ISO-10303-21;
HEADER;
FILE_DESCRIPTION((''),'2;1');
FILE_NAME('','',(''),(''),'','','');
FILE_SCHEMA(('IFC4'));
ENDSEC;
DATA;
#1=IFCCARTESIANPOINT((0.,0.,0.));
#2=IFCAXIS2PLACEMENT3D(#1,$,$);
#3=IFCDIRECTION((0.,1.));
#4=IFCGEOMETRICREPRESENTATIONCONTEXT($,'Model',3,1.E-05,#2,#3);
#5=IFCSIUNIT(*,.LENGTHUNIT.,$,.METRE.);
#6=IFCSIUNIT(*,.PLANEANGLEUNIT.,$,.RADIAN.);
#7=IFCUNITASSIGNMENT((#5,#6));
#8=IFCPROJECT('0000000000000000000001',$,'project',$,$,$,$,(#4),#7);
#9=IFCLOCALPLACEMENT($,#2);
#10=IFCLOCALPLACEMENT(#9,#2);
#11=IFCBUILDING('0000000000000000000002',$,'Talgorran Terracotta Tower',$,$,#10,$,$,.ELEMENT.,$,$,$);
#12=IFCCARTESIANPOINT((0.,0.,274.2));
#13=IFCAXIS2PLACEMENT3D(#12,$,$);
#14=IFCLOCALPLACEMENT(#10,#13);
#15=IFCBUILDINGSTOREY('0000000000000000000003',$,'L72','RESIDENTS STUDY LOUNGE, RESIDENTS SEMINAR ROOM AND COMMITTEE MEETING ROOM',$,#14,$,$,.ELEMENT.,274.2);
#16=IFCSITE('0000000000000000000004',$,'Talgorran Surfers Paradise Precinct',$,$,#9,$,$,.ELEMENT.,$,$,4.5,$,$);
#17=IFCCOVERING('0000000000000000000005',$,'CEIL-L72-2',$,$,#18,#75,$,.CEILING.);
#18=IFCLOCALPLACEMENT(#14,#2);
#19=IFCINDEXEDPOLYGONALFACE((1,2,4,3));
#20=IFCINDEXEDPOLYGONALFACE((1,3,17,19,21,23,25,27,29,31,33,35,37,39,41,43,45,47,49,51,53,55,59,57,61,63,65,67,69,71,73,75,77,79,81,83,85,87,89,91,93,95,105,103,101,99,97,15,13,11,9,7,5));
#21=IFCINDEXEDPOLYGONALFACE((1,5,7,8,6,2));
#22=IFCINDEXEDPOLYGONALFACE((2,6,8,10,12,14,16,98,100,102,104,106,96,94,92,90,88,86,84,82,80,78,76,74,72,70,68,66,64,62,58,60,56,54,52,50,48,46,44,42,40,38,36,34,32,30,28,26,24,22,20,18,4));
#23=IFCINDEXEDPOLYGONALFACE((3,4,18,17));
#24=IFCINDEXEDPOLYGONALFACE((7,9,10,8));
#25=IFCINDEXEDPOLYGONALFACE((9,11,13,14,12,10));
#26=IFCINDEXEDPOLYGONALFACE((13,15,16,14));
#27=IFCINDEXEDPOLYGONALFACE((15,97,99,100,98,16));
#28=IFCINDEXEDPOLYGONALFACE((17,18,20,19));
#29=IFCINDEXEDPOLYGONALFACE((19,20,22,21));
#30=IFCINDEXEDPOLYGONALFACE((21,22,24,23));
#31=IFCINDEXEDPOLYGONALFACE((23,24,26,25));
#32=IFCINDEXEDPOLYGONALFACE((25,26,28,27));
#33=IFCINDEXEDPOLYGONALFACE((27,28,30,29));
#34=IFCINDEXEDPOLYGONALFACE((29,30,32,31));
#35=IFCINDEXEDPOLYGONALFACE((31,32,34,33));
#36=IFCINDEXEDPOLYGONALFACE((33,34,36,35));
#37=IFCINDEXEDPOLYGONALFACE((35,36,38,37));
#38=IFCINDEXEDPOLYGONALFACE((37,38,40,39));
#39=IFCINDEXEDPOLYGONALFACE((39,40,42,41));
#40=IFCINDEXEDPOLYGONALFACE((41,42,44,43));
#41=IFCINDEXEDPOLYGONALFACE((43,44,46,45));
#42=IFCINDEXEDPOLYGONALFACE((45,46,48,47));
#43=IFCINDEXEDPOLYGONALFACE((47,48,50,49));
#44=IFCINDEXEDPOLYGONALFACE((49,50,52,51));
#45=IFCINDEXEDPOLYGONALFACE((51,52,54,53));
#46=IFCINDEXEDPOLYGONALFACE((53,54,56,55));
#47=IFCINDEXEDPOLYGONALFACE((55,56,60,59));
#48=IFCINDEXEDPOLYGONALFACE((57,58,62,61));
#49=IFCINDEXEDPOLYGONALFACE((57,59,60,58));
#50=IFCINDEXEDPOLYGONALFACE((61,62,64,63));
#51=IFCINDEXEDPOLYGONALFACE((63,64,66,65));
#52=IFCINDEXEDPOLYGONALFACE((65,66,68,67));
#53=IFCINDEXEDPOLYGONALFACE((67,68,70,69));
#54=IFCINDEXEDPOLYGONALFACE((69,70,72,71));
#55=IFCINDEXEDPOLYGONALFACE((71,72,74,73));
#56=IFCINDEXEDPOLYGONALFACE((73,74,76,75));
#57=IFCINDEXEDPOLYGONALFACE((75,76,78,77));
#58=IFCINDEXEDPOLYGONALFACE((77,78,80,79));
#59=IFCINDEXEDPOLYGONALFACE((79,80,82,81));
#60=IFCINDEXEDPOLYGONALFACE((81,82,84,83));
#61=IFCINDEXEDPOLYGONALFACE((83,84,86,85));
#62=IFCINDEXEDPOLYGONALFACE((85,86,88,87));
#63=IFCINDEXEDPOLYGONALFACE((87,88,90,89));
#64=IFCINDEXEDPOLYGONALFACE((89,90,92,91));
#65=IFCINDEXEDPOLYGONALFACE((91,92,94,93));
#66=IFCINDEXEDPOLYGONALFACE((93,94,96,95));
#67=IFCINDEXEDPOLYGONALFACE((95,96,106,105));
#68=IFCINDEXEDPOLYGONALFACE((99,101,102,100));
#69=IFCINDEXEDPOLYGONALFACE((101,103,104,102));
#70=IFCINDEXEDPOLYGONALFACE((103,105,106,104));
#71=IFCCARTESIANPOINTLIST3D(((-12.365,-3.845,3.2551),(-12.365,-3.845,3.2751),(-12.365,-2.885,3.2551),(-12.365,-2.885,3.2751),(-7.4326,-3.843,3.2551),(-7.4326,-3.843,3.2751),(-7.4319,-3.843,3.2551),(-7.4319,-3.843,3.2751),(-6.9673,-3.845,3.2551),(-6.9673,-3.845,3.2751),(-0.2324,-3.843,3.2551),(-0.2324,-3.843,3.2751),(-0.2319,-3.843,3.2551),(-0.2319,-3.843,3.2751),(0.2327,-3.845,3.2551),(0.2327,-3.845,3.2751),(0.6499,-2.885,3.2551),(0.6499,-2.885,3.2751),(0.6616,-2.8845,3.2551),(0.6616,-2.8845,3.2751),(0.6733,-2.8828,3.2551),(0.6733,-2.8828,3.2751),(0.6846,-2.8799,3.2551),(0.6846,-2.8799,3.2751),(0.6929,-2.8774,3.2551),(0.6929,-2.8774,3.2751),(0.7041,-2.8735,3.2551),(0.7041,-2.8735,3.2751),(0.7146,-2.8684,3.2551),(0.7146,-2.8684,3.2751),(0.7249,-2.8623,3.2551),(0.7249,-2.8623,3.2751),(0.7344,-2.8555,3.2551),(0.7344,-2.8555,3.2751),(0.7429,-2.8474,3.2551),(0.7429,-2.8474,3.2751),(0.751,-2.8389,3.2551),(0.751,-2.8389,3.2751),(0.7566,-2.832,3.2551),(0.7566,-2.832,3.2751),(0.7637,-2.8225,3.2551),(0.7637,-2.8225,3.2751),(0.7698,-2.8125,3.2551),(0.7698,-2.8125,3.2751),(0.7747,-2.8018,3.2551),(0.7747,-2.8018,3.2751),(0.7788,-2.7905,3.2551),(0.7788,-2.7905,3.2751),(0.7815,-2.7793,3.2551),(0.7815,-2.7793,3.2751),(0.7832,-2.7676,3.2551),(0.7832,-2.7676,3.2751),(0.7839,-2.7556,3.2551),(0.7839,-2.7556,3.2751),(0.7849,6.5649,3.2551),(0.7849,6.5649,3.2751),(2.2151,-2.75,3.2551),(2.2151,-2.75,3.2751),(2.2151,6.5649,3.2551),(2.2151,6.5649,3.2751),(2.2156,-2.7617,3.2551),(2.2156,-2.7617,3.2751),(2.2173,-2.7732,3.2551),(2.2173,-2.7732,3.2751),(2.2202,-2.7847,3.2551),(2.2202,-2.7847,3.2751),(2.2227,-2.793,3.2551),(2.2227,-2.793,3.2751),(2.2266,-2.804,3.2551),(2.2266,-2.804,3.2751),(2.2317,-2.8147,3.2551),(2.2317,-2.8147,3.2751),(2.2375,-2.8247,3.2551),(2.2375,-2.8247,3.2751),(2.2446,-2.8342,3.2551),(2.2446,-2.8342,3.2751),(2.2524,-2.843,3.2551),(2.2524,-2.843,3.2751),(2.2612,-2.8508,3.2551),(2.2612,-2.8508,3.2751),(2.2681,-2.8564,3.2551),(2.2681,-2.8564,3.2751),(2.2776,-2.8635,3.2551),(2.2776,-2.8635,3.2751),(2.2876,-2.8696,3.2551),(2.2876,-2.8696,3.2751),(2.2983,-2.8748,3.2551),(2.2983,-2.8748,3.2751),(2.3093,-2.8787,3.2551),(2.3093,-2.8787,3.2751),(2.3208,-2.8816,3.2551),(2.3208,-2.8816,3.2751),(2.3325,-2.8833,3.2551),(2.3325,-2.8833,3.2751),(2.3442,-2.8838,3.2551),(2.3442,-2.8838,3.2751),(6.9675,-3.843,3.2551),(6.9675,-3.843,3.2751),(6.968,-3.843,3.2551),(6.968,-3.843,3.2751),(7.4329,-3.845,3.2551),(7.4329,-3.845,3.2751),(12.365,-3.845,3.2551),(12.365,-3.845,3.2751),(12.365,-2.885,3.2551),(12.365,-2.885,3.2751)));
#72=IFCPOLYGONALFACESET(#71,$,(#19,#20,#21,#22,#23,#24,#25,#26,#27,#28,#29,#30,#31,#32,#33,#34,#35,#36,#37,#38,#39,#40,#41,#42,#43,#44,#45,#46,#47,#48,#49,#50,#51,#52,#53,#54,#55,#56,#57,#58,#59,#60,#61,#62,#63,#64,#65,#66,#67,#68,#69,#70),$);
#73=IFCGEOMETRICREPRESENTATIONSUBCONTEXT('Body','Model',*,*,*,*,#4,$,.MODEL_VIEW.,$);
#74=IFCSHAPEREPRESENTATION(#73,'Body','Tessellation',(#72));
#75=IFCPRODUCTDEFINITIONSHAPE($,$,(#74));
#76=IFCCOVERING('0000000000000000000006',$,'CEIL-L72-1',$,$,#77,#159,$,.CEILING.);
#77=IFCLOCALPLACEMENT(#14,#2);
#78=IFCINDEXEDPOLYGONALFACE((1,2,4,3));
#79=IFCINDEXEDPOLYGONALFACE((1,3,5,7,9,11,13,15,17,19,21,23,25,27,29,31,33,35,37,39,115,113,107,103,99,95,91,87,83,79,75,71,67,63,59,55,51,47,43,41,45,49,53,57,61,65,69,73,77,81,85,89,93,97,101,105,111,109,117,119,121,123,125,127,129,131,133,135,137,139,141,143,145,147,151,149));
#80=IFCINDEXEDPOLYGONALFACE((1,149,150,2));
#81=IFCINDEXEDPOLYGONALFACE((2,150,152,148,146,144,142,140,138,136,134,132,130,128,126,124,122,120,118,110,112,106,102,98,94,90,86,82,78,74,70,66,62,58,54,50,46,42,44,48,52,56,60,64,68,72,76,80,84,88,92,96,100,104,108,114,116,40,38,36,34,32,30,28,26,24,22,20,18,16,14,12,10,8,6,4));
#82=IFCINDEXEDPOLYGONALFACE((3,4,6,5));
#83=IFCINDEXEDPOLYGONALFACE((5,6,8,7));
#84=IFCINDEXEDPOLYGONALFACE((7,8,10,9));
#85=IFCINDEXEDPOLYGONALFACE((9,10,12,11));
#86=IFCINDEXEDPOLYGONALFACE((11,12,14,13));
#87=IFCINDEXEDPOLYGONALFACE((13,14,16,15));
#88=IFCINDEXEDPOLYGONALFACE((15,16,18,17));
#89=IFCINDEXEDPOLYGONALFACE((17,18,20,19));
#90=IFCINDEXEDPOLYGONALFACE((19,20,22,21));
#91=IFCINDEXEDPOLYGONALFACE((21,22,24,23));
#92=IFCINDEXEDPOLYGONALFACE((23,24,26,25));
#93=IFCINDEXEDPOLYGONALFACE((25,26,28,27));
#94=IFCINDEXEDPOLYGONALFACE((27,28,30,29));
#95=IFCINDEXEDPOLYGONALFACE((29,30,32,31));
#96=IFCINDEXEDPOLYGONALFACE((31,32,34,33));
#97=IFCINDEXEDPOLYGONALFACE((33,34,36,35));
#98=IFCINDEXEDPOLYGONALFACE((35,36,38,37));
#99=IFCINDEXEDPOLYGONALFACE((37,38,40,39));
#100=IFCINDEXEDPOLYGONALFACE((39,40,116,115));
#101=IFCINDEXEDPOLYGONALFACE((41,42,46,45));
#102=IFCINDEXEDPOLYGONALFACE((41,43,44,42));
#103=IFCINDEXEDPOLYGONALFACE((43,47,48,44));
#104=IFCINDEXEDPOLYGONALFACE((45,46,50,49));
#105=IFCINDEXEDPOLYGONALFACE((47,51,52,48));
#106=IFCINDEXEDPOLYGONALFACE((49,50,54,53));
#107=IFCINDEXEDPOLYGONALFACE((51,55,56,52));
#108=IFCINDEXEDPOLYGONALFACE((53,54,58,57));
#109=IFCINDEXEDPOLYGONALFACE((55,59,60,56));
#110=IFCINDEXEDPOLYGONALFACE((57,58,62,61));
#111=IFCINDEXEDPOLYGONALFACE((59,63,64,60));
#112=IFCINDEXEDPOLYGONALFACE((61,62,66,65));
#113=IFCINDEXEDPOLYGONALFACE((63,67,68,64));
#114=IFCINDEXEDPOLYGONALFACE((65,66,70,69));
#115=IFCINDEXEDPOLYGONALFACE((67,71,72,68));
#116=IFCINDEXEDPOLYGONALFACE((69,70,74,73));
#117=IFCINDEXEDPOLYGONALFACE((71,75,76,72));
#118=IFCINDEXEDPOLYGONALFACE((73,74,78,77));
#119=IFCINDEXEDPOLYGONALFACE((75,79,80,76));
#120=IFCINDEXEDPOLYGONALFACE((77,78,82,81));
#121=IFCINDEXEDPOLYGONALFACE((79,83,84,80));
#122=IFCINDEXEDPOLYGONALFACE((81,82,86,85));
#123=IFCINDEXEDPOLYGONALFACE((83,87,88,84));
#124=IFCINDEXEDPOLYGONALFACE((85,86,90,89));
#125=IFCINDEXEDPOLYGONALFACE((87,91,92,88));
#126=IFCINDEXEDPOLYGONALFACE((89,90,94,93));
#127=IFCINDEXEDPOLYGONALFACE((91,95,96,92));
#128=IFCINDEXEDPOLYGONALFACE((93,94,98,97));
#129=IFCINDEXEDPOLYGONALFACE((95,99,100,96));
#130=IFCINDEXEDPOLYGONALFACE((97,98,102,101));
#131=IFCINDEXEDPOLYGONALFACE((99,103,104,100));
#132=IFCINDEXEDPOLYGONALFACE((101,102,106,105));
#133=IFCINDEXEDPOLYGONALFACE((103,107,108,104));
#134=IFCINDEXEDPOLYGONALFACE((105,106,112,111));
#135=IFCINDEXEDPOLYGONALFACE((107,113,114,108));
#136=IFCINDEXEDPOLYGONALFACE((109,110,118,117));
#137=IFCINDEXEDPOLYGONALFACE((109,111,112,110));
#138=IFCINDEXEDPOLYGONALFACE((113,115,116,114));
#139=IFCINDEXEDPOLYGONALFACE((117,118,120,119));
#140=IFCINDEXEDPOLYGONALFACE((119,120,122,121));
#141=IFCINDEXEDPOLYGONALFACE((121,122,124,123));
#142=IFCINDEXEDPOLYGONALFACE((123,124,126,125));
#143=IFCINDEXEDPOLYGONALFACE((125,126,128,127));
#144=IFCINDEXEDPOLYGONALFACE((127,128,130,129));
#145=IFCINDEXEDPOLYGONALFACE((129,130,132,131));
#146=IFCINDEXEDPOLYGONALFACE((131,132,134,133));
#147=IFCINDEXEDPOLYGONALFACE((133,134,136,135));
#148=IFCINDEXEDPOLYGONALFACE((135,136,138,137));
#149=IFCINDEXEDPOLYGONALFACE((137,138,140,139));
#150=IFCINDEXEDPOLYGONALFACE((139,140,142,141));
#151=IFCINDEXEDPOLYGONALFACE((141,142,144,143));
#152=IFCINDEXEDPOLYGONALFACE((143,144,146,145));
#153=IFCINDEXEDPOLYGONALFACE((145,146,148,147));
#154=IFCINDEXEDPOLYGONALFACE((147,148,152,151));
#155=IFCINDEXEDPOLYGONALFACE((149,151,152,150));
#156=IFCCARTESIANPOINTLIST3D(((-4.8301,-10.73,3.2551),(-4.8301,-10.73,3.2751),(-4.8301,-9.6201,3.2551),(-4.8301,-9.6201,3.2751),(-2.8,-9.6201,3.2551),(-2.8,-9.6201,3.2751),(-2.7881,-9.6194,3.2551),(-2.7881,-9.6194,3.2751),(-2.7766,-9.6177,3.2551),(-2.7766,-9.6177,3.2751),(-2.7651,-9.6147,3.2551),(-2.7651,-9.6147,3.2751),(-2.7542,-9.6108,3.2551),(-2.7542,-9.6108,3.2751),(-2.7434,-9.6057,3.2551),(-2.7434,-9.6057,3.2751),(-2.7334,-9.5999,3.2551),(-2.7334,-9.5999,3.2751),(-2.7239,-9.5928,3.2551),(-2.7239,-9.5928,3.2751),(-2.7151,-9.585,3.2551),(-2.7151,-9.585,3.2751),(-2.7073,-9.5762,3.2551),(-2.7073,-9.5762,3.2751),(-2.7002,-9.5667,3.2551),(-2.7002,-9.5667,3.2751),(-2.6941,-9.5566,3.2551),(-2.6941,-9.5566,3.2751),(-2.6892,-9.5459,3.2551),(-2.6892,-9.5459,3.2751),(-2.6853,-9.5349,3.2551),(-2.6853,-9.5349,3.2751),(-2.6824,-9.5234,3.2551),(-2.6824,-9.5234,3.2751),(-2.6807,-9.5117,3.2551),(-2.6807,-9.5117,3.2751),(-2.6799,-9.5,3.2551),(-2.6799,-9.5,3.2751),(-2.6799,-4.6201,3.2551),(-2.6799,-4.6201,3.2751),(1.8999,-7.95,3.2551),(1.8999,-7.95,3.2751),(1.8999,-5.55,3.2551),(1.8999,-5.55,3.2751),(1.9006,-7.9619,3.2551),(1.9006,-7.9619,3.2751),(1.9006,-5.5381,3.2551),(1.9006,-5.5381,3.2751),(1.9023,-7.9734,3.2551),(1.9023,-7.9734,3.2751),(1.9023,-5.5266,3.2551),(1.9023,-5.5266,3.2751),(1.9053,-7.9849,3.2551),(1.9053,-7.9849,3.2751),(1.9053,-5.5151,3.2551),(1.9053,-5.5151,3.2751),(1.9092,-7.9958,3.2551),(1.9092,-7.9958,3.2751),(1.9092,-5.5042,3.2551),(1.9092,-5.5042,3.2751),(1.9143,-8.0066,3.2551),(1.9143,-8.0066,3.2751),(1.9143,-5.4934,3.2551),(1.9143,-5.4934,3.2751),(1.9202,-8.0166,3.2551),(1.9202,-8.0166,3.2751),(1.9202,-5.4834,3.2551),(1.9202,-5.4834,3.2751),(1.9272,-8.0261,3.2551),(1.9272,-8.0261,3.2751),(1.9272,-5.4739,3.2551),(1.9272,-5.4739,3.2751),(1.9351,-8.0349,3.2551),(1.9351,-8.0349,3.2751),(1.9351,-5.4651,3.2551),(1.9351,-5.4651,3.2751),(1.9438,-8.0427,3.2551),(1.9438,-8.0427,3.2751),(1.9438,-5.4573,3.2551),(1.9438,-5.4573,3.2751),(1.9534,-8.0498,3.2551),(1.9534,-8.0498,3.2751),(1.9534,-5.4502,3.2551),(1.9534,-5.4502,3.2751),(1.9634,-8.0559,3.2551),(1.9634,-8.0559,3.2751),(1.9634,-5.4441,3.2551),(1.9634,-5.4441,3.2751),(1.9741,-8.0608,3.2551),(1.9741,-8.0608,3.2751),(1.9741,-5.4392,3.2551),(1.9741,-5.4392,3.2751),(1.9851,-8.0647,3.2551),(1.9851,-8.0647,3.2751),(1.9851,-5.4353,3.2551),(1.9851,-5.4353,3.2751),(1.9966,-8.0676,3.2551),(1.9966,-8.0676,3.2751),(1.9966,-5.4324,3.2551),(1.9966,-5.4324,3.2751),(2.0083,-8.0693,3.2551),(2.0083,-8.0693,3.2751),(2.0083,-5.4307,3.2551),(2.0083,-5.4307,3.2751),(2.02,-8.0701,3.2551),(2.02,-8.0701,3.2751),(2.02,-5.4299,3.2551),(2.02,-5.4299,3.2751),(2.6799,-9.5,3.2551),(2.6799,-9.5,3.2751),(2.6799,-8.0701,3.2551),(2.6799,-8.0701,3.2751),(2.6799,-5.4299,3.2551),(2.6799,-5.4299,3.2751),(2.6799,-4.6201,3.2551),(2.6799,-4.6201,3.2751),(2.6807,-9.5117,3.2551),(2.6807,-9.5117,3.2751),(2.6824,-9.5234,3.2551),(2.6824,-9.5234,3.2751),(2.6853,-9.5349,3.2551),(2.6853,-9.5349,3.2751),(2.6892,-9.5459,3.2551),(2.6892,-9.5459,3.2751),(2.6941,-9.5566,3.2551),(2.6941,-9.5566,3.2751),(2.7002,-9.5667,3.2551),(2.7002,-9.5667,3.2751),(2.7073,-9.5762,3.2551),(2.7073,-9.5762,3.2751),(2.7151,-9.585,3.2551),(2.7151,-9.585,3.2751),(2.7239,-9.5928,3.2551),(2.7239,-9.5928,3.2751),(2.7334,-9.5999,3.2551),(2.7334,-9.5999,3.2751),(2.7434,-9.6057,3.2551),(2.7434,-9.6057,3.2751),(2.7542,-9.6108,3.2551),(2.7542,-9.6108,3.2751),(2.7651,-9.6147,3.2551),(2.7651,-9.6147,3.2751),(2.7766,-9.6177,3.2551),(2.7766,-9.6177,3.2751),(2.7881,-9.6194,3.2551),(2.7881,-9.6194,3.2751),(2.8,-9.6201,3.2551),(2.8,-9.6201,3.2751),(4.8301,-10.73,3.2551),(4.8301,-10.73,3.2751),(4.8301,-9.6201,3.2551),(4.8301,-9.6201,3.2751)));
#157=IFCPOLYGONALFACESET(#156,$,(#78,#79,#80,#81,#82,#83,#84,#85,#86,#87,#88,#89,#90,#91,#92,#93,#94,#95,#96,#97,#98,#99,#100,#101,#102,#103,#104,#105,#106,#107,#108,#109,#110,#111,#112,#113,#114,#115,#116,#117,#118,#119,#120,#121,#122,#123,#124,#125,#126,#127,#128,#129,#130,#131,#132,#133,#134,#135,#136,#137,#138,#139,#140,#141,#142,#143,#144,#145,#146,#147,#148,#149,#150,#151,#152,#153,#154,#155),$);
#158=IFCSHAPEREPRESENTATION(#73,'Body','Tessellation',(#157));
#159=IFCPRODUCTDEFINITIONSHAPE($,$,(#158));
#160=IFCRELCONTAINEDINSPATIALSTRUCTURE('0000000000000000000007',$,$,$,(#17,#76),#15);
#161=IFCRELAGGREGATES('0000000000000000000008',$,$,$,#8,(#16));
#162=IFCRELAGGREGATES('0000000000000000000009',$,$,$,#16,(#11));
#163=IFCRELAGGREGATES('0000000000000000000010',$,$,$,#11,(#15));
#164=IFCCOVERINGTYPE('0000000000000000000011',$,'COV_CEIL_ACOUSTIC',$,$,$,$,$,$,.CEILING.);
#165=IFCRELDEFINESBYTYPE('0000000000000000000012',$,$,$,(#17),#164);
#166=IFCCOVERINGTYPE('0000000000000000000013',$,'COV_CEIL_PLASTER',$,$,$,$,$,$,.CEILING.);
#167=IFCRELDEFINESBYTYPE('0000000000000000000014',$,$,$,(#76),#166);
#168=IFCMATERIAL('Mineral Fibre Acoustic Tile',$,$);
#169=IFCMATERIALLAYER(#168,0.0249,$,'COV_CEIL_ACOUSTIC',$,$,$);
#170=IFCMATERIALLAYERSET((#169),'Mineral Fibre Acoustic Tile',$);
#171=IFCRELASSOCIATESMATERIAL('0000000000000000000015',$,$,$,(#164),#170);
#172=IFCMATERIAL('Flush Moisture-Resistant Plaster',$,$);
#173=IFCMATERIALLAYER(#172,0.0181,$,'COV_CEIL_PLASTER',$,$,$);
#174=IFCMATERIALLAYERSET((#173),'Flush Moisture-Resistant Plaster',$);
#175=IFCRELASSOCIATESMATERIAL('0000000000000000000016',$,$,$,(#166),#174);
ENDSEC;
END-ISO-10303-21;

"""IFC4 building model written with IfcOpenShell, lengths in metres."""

from ifc_helpers import new_model, si_unit, direction, frame, origin, place, context, subcontext, project, spatial, polyline, outline, extrude, material, layer, layer_set, type_object, element, save


model = new_model("IFC4")

# Units and contexts
model_context = context("Model", 3, precision=1e-05, world=origin(), true_north=direction((0.0, 1.0)))
body_context = subcontext(model_context, "Body", "Model", "MODEL_VIEW")
ifc_project = project(units=[si_unit("LENGTHUNIT", "METRE"), si_unit("PLANEANGLEUNIT", "RADIAN")], contexts=[model_context])

# Site, building, storey
site_placement = place(None, origin())
site = spatial("IfcSite", under=ifc_project, at=site_placement, Name="Talgorran Surfers Paradise Precinct", CompositionType="ELEMENT", RefElevation=4.5)
building_placement = place(site_placement, origin())
building = spatial("IfcBuilding", under=site, at=building_placement, Name="Talgorran Terracotta Tower", CompositionType="ELEMENT")
storey_placement = place(building_placement, frame((0.0, 0.0, 274.2)))
storey = spatial("IfcBuildingStorey", under=building, at=storey_placement, Name="L72", Description="RESIDENTS STUDY LOUNGE, RESIDENTS SEMINAR ROOM AND COMMITTEE MEETING ROOM", CompositionType="ELEMENT", Elevation=274.2)

# Coverings
ifc_material_1 = material(Name="Mineral Fibre Acoustic Tile")
ifc_layer_1 = layer(ifc_material_1, 0.0249, Name="COV_CEIL_ACOUSTIC")
ifc_layer_set_1 = layer_set([ifc_layer_1], Name="Mineral Fibre Acoustic Tile")
covering_type_1 = type_object("IfcCoveringType", Name="COV_CEIL_ACOUSTIC", PredefinedType="CEILING", material=ifc_layer_set_1)
covering_1_placement = place(storey_placement, frame((0.0, 0.0, 3.2551)))
element("IfcCovering", 1, at=covering_1_placement, inside=storey, type_object=covering_type_1, Name="CEIL-L72-2", PredefinedType="CEILING", context=body_context, shape_type="SweptSolid", body=[
    extrude(outline(polyline([(-12.365, -2.885), (0.6499, -2.885), (0.6616, -2.8845), (0.6733, -2.8828), (0.6846, -2.8799), (0.6929, -2.8774), (0.7041, -2.8735), (0.7146, -2.8684), (0.7249, -2.8623), (0.7344, -2.8555), (0.7429, -2.8474), (0.751, -2.8389), (0.7566, -2.832), (0.7637, -2.8225), (0.7698, -2.8125), (0.7747, -2.8018), (0.7788, -2.7905), (0.7815, -2.7793), (0.7832, -2.7676), (0.7839, -2.7556), (0.7849, 6.5649), (2.2151, 6.5649), (2.2151, -2.75), (2.2156, -2.7617), (2.2173, -2.7732), (2.2202, -2.7847), (2.2227, -2.793), (2.2266, -2.804), (2.2317, -2.8147), (2.2375, -2.8247), (2.2446, -2.8342), (2.2524, -2.843), (2.2612, -2.8508), (2.2681, -2.8564), (2.2776, -2.8635), (2.2876, -2.8696), (2.2983, -2.8748), (2.3093, -2.8787), (2.3208, -2.8816), (2.3325, -2.8833), (2.3442, -2.8838), (12.365, -2.885), (12.365, -3.845), (7.4329, -3.845), (6.968, -3.843), (6.9675, -3.843), (0.2327, -3.845), (-0.2319, -3.843), (-0.2324, -3.843), (-6.9673, -3.845), (-7.4319, -3.843), (-7.4326, -3.843), (-12.365, -3.845), (-12.365, -2.885)])), origin(), (0.0, 0.0, 1.0), 0.02),
])
ifc_material_2 = material(Name="Flush Moisture-Resistant Plaster")
ifc_layer_2 = layer(ifc_material_2, 0.0181, Name="COV_CEIL_PLASTER")
ifc_layer_set_2 = layer_set([ifc_layer_2], Name="Flush Moisture-Resistant Plaster")
covering_type_2 = type_object("IfcCoveringType", Name="COV_CEIL_PLASTER", PredefinedType="CEILING", material=ifc_layer_set_2)
covering_2_placement = place(storey_placement, frame((0.0, 0.0, 3.2551)))
element("IfcCovering", 2, at=covering_2_placement, inside=storey, type_object=covering_type_2, Name="CEIL-L72-1", PredefinedType="CEILING", context=body_context, shape_type="SweptSolid", body=[
    extrude(outline(polyline([(4.8301, -9.6201), (4.8301, -10.73), (-4.8301, -10.73), (-4.8301, -9.6201), (-2.8, -9.6201), (-2.7881, -9.6194), (-2.7766, -9.6177), (-2.7651, -9.6147), (-2.7542, -9.6108), (-2.7434, -9.6057), (-2.7334, -9.5999), (-2.7239, -9.5928), (-2.7151, -9.585), (-2.7073, -9.5762), (-2.7002, -9.5667), (-2.6941, -9.5566), (-2.6892, -9.5459), (-2.6853, -9.5349), (-2.6824, -9.5234), (-2.6807, -9.5117), (-2.6799, -9.5), (-2.6799, -4.6201), (2.6799, -4.6201), (2.6799, -5.4299), (2.02, -5.4299), (2.0083, -5.4307), (1.9966, -5.4324), (1.9851, -5.4353), (1.9741, -5.4392), (1.9634, -5.4441), (1.9534, -5.4502), (1.9438, -5.4573), (1.9351, -5.4651), (1.9272, -5.4739), (1.9202, -5.4834), (1.9143, -5.4934), (1.9092, -5.5042), (1.9053, -5.5151), (1.9023, -5.5266), (1.9006, -5.5381), (1.8999, -5.55), (1.8999, -7.95), (1.9006, -7.9619), (1.9023, -7.9734), (1.9053, -7.9849), (1.9092, -7.9958), (1.9143, -8.0066), (1.9202, -8.0166), (1.9272, -8.0261), (1.9351, -8.0349), (1.9438, -8.0427), (1.9534, -8.0498), (1.9634, -8.0559), (1.9741, -8.0608), (1.9851, -8.0647), (1.9966, -8.0676), (2.0083, -8.0693), (2.02, -8.0701), (2.6799, -8.0701), (2.6799, -9.5), (2.6807, -9.5117), (2.6824, -9.5234), (2.6853, -9.5349), (2.6892, -9.5459), (2.6941, -9.5566), (2.7002, -9.5667), (2.7073, -9.5762), (2.7151, -9.585), (2.7239, -9.5928), (2.7334, -9.5999), (2.7434, -9.6057), (2.7542, -9.6108), (2.7651, -9.6147), (2.7766, -9.6177), (2.7881, -9.6194), (2.8, -9.6201), (4.8301, -9.6201)])), origin(), (0.0, 0.0, 1.0), 0.02),
])

save(model, "model.ifc")
